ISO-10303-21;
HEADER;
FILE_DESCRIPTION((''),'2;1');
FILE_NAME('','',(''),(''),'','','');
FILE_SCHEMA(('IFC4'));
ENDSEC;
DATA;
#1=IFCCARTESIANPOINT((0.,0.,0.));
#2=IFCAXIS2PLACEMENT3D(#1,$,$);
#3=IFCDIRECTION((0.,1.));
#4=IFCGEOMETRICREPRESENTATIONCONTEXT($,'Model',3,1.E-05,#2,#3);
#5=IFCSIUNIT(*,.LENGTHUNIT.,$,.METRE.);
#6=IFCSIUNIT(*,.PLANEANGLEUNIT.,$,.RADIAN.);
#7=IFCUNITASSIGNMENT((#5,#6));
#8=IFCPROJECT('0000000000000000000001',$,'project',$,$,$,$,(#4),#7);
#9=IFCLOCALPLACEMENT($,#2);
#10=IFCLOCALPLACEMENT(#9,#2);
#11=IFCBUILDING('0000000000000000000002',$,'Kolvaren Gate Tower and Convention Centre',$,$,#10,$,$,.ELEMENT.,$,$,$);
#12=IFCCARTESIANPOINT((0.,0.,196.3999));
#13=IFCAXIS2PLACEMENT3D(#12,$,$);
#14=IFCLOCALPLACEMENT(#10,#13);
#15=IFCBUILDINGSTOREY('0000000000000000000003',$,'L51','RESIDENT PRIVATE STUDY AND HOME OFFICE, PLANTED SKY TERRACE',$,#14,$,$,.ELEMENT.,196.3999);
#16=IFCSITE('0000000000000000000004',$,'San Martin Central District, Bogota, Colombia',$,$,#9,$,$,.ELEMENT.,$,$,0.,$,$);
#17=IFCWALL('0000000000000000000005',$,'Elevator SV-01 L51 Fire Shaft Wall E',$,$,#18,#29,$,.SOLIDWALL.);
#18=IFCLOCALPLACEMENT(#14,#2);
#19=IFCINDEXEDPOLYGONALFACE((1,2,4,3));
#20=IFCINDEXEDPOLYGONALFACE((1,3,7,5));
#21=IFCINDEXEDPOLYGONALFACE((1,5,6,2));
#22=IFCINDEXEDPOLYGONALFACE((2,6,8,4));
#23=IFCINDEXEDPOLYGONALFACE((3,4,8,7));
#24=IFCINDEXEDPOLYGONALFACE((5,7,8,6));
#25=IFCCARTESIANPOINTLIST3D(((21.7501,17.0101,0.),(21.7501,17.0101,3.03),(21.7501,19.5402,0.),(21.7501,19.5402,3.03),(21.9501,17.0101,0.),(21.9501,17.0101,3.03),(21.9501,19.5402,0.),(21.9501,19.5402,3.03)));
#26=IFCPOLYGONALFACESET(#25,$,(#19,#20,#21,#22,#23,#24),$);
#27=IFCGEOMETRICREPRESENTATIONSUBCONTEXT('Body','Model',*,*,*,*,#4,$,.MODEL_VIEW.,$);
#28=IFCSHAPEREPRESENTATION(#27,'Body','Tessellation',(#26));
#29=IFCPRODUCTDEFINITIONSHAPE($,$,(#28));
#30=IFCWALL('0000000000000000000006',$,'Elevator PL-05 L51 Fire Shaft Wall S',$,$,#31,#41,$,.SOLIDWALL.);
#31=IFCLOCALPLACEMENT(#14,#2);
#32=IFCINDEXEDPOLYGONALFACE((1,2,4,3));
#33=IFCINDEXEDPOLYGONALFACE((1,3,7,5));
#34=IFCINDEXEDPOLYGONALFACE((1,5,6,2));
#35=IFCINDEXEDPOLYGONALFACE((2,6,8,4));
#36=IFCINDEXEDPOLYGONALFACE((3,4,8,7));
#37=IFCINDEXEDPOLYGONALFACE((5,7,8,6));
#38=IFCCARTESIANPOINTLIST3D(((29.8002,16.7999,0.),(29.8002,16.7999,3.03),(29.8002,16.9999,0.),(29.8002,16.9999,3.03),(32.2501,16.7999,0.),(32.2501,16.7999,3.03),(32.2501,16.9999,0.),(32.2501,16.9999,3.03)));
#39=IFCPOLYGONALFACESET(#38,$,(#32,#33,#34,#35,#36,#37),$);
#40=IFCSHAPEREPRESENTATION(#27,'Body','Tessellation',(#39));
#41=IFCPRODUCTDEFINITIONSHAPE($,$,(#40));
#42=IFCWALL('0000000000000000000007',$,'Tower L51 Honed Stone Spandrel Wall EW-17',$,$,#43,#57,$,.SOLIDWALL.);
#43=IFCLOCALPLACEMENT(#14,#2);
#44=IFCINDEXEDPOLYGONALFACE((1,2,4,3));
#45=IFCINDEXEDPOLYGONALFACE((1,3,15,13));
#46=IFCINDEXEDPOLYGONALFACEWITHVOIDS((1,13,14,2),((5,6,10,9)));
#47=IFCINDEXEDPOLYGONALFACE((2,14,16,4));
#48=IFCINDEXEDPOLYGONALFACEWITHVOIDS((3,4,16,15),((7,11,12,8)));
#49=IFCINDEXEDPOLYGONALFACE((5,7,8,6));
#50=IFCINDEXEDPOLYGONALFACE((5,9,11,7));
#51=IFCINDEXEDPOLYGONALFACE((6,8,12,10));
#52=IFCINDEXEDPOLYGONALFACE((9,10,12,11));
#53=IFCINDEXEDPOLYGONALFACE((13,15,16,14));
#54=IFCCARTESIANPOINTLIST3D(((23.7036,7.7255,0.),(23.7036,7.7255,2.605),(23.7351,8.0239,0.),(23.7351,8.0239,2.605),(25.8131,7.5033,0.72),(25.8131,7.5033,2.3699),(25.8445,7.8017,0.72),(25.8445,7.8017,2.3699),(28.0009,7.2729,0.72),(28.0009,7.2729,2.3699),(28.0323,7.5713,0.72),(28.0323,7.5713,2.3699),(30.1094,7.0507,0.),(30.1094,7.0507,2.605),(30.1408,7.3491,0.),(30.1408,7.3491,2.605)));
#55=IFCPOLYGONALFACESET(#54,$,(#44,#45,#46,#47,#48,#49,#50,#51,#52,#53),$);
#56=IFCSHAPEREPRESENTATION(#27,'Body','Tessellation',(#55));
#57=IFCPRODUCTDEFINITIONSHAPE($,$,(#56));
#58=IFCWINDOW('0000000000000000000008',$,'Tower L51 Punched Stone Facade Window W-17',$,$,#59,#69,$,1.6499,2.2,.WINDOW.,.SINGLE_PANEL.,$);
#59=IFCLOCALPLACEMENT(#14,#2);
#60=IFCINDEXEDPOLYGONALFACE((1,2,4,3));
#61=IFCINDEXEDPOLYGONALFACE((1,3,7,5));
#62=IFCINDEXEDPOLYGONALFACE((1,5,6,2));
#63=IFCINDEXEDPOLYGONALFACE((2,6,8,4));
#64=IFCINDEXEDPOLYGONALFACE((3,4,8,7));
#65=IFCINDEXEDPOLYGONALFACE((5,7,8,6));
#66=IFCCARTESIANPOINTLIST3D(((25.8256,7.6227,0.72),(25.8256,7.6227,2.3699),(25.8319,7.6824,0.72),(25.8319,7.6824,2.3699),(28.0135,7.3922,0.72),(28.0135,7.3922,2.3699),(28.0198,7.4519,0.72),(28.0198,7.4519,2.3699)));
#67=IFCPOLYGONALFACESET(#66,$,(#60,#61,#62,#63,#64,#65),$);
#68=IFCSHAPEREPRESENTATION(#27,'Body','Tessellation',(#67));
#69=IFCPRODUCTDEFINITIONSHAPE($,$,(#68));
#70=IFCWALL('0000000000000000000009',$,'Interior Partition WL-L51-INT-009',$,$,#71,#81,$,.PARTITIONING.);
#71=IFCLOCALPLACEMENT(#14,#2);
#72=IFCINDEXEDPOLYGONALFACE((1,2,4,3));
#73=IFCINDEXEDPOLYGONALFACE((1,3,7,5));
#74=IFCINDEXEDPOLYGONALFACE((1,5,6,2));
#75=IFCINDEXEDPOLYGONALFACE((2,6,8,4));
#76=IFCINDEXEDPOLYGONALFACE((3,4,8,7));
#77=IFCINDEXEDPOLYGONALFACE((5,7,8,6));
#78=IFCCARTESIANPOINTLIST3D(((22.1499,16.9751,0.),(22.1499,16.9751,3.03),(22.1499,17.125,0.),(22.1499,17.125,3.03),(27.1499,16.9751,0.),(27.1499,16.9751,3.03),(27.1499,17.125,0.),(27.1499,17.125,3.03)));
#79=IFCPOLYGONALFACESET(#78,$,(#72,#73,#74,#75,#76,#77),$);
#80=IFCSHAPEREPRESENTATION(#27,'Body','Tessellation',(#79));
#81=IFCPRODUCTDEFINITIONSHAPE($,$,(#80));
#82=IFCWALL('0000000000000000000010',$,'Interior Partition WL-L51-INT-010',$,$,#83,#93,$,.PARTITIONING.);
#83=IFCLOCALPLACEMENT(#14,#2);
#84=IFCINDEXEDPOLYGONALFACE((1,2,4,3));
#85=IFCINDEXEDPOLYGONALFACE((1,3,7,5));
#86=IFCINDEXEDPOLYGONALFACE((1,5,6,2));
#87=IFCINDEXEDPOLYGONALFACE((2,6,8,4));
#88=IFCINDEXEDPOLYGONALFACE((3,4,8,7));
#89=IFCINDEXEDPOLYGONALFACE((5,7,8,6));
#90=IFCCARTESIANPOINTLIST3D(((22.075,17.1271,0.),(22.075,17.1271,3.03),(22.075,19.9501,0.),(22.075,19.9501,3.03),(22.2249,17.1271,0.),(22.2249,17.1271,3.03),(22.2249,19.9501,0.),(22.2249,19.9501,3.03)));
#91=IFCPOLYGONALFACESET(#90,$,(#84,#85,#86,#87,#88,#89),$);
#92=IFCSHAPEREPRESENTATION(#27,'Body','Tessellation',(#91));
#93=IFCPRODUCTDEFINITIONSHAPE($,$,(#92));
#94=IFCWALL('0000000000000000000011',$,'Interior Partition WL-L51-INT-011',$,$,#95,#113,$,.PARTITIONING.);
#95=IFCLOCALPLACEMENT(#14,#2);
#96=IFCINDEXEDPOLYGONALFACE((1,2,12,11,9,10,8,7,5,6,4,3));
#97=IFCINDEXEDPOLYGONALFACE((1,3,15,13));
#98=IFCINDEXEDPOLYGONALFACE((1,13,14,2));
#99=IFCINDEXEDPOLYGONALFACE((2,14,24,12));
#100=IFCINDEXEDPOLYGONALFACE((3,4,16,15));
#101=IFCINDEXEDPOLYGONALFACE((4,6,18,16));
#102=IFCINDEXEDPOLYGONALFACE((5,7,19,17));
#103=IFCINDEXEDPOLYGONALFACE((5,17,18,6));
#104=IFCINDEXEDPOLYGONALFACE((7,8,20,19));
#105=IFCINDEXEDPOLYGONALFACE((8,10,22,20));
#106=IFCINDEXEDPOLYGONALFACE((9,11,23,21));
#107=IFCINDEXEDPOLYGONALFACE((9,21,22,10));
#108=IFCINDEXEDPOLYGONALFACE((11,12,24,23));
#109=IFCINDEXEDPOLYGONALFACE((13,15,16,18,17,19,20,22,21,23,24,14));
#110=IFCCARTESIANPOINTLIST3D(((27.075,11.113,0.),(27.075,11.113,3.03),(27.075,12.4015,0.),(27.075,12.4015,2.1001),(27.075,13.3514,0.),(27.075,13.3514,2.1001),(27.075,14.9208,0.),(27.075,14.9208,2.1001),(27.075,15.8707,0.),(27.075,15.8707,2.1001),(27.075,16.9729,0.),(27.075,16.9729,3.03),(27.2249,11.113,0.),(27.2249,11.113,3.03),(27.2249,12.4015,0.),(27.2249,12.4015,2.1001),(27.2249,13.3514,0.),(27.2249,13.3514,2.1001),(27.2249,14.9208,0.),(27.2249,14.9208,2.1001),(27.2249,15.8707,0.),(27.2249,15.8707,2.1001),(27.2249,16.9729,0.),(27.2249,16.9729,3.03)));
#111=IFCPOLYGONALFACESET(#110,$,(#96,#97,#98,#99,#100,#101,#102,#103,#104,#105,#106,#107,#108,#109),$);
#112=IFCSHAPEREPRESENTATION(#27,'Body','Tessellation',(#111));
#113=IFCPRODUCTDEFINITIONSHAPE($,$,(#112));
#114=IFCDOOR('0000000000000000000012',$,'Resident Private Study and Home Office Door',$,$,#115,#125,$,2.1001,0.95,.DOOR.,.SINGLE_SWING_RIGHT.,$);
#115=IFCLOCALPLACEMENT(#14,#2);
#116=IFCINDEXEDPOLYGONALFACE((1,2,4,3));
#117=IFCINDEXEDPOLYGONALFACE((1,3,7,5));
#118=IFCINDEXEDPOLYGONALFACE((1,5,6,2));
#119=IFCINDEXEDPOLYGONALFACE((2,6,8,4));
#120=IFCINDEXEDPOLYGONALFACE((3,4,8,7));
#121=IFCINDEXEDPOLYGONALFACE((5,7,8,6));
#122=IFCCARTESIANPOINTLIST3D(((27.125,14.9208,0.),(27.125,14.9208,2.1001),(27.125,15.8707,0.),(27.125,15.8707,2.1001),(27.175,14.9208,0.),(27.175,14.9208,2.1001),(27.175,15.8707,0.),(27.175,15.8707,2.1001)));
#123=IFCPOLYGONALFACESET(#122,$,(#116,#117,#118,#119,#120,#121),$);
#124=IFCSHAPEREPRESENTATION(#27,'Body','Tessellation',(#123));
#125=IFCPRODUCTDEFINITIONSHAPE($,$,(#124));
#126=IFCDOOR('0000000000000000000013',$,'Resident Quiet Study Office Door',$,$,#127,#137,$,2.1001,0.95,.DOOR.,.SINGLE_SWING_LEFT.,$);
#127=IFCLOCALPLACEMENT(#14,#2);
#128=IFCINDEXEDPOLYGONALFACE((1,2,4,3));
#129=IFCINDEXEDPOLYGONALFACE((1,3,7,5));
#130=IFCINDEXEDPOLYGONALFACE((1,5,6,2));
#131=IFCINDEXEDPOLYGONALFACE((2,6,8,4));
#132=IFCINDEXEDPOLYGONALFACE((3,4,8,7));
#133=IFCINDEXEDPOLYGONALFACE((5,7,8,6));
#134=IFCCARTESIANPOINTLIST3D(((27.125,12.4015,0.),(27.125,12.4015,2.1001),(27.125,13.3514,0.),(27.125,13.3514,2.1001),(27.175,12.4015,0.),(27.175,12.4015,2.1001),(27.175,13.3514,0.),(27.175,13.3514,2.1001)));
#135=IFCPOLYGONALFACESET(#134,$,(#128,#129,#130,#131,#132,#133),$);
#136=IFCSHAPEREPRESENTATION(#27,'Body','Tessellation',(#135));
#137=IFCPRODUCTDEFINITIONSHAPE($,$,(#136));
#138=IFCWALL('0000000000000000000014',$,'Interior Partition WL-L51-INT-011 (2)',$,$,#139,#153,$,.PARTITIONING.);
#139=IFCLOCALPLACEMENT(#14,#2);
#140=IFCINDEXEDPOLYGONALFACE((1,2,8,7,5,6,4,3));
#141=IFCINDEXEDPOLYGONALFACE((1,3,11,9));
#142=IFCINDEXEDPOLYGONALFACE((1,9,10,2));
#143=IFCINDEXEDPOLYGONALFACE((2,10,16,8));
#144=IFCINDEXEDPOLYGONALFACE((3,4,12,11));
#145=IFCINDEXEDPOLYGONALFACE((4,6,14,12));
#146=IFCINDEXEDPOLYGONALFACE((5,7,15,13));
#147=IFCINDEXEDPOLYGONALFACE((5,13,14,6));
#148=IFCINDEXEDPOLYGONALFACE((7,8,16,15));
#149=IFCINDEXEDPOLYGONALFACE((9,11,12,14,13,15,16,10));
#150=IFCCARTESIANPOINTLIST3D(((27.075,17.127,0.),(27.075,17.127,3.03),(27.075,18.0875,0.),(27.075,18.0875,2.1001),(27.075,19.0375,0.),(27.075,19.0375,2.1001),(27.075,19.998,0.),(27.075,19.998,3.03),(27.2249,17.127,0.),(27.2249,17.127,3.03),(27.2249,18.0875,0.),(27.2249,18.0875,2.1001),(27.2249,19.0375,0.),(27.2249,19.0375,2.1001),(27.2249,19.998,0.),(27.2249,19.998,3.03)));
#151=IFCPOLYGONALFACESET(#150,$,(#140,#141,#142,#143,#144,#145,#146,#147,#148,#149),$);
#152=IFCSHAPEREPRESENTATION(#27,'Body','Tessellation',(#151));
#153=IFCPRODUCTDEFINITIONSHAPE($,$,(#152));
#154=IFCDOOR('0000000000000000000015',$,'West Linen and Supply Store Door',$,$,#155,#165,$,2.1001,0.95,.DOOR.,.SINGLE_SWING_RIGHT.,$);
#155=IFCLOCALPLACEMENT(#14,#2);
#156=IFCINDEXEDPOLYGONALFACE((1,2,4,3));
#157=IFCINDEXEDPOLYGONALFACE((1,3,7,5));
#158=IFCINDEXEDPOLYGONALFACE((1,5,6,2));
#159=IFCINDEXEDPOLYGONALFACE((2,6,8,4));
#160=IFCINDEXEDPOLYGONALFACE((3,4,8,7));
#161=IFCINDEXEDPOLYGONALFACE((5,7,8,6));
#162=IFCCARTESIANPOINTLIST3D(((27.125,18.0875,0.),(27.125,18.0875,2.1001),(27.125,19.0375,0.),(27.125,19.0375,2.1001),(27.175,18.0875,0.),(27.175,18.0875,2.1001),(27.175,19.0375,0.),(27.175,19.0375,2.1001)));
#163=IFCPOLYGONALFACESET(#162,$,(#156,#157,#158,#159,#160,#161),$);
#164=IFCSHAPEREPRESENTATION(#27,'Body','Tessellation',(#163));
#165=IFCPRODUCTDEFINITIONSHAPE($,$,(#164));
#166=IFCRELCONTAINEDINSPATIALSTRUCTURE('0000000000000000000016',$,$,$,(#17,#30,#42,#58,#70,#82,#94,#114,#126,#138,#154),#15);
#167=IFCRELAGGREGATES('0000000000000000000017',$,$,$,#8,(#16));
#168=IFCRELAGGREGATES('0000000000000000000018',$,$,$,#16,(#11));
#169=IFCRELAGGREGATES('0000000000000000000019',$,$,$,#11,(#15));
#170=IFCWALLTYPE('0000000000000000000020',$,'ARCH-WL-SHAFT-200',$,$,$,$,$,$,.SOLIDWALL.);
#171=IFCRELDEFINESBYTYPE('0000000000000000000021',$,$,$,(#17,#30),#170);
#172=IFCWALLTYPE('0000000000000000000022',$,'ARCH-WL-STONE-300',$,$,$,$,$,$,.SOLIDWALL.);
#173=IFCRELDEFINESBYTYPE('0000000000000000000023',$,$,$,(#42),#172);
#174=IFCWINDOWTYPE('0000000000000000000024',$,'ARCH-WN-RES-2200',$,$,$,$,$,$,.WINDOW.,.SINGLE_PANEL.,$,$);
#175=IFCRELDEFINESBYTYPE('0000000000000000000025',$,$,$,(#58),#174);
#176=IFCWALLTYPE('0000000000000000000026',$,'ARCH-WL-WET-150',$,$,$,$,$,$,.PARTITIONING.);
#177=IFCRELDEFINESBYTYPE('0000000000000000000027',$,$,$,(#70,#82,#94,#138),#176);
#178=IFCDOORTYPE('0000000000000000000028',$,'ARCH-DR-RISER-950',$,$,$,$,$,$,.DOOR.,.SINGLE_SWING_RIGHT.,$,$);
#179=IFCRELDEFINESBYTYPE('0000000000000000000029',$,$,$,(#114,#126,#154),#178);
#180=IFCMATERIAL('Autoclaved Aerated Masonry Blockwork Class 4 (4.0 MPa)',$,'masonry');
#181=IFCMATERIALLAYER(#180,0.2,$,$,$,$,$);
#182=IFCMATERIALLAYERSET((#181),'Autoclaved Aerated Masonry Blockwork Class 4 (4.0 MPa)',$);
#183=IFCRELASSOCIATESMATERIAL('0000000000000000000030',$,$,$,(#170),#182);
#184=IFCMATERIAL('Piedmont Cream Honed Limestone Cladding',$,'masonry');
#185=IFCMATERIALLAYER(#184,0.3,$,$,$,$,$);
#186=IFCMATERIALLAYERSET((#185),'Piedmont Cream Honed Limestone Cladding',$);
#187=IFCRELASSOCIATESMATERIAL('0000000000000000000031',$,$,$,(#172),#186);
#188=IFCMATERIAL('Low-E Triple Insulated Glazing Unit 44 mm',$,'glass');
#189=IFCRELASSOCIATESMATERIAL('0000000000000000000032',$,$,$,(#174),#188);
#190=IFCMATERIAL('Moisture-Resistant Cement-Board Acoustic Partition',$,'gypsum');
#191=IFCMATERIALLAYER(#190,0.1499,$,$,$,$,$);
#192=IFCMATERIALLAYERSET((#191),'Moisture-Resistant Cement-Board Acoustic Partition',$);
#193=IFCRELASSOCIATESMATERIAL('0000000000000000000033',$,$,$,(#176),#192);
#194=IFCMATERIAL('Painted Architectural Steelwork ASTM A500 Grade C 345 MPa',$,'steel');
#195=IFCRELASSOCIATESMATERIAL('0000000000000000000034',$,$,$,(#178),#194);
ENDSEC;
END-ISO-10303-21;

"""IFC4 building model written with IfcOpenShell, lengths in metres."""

from ifc_helpers import new_model, si_unit, direction, frame, frame_2d, origin, place, context, subcontext, project, spatial, rectangle, extrude, material, layer, layer_set, type_object, element, fill, save


model = new_model("IFC4")

# Units and contexts
model_context = context("Model", 3, precision=1e-05, world=origin(), true_north=direction((0.0, 1.0)))
body_context = subcontext(model_context, "Body", "Model", "MODEL_VIEW")
ifc_project = project(units=[si_unit("LENGTHUNIT", "METRE"), si_unit("PLANEANGLEUNIT", "RADIAN")], contexts=[model_context])

# Site, building, storey
site_placement = place(None, origin())
site = spatial("IfcSite", under=ifc_project, at=site_placement, Name="San Martin Central District, Bogota, Colombia", CompositionType="ELEMENT", RefElevation=0.0)
building_placement = place(site_placement, origin())
building = spatial("IfcBuilding", under=site, at=building_placement, Name="Kolvaren Gate Tower and Convention Centre", CompositionType="ELEMENT")
storey_placement = place(building_placement, frame((0.0, 0.0, 196.3999)))
storey = spatial("IfcBuildingStorey", under=building, at=storey_placement, Name="L51", Description="RESIDENT PRIVATE STUDY AND HOME OFFICE, PLANTED SKY TERRACE", CompositionType="ELEMENT", Elevation=196.3999)

# Walls
ifc_material_1 = material(Name="Autoclaved Aerated Masonry Blockwork Class 4 (4.0 MPa)", Category="masonry")
ifc_layer_1 = layer(ifc_material_1, 0.2)
ifc_layer_set_1 = layer_set([ifc_layer_1], Name="Autoclaved Aerated Masonry Blockwork Class 4 (4.0 MPa)")
wall_type_1 = type_object("IfcWallType", Name="ARCH-WL-SHAFT-200", PredefinedType="SOLIDWALL", material=ifc_layer_set_1)
wall_1_placement = place(storey_placement, frame((21.8501, 17.01, 0.0), z_axis=(0.0, 0.0, 1.0), x_axis=(0.0, 1.0, 0.0)))
element("IfcWall", 1, at=wall_1_placement, inside=storey, type_object=wall_type_1, Name="Elevator SV-01 L51 Fire Shaft Wall E", PredefinedType="SOLIDWALL", context=body_context, shape_type="SweptSolid", body=[
    extrude(rectangle(XDim=2.53, YDim=0.2, at=frame_2d((1.2651, 0.0))), origin(), (0.0, 0.0, 1.0), 3.03),
])
wall_2_placement = place(storey_placement, frame((29.8, 16.8999, 0.0), z_axis=(0.0, 0.0, 1.0), x_axis=(1.0, 0.0, 0.0)))
element("IfcWall", 2, at=wall_2_placement, inside=storey, type_object=wall_type_1, Name="Elevator PL-05 L51 Fire Shaft Wall S", PredefinedType="SOLIDWALL", context=body_context, shape_type="SweptSolid", body=[
    extrude(rectangle(XDim=2.45, YDim=0.2, at=frame_2d((1.2251, 0.0))), origin(), (0.0, 0.0, 1.0), 3.03),
])

# Wall, opening, window
ifc_material_2 = material(Name="Piedmont Cream Honed Limestone Cladding", Category="masonry")
ifc_layer_2 = layer(ifc_material_2, 0.3)
ifc_layer_set_2 = layer_set([ifc_layer_2], Name="Piedmont Cream Honed Limestone Cladding")
wall_type_2 = type_object("IfcWallType", Name="ARCH-WL-STONE-300", PredefinedType="SOLIDWALL", material=ifc_layer_set_2)
wall_3_placement = place(storey_placement, frame((23.7192, 7.8748, 0.0), z_axis=(0.0, 0.0, 1.0), x_axis=(0.994497, -0.104764, 0.0)))
wall_3 = element("IfcWall", 3, at=wall_3_placement, inside=storey, type_object=wall_type_2, Name="Tower L51 Honed Stone Spandrel Wall EW-17", PredefinedType="SOLIDWALL", context=body_context, shape_type="SweptSolid", body=[
    extrude(rectangle(XDim=6.4412, YDim=0.3, at=frame_2d((3.2207, 0.0))), origin(), (0.0, 0.0, 1.0), 2.605),
])
opening_1_placement = place(wall_3_placement, frame((2.1211, 0.0, 0.72)))
opening_1 = element("IfcOpeningElement", 4, at=opening_1_placement, cuts=wall_3, PredefinedType="OPENING", context=body_context, shape_type="SweptSolid", body=[
    extrude(rectangle(XDim=2.2, YDim=1.6499, at=frame_2d((1.1001, 0.825))), frame((0.0, 0.1599, 0.0), z_axis=(0.0, -1.0, 0.0), x_axis=(1.0, 0.0, 0.0)), (0.0, 0.0, 1.0), 0.3201),
])
ifc_material_3 = material(Name="Low-E Triple Insulated Glazing Unit 44 mm", Category="glass")
window_type = type_object("IfcWindowType", Name="ARCH-WN-RES-2200", PartitioningType="SINGLE_PANEL", PredefinedType="WINDOW", material=ifc_material_3)
window_placement = place(opening_1_placement, origin())
window = element("IfcWindow", 5, at=window_placement, inside=storey, type_object=window_type, Name="Tower L51 Punched Stone Facade Window W-17", OverallHeight=1.6499, OverallWidth=2.2, PartitioningType="SINGLE_PANEL", PredefinedType="WINDOW", context=body_context, shape_type="SweptSolid", body=[
    extrude(rectangle(XDim=2.2, YDim=1.6499, at=frame_2d((1.1001, 0.825))), frame((0.0, 0.03, 0.0), z_axis=(0.0, -1.0, 0.0), x_axis=(1.0, 0.0, 0.0)), (0.0, 0.0, 1.0), 0.0601),
])
fill(opening_1, window)

# Walls
ifc_material_4 = material(Name="Moisture-Resistant Cement-Board Acoustic Partition", Category="gypsum")
ifc_layer_3 = layer(ifc_material_4, 0.1499)
ifc_layer_set_3 = layer_set([ifc_layer_3], Name="Moisture-Resistant Cement-Board Acoustic Partition")
wall_type_3 = type_object("IfcWallType", Name="ARCH-WL-WET-150", PredefinedType="PARTITIONING", material=ifc_layer_set_3)
wall_4_placement = place(storey_placement, frame((22.1499, 17.05, 0.0), z_axis=(0.0, 0.0, 1.0), x_axis=(1.0, 0.0, 0.0)))
element("IfcWall", 6, at=wall_4_placement, inside=storey, type_object=wall_type_3, Name="Interior Partition WL-L51-INT-009", PredefinedType="PARTITIONING", context=body_context, shape_type="SweptSolid", body=[
    extrude(rectangle(XDim=5.0, YDim=0.1499, at=frame_2d((2.5, 0.0))), origin(), (0.0, 0.0, 1.0), 3.03),
])
wall_5_placement = place(storey_placement, frame((22.1499, 17.127, 0.0), z_axis=(0.0, 0.0, 1.0), x_axis=(0.0, 1.0, 0.0)))
element("IfcWall", 7, at=wall_5_placement, inside=storey, type_object=wall_type_3, Name="Interior Partition WL-L51-INT-010", PredefinedType="PARTITIONING", context=body_context, shape_type="SweptSolid", body=[
    extrude(rectangle(XDim=2.823, YDim=0.1499, at=frame_2d((1.4116, 0.0))), origin(), (0.0, 0.0, 1.0), 3.03),
])

# Wall, openings, doors
wall_6_placement = place(storey_placement, frame((27.1499, 11.113, 0.0), z_axis=(0.0, 0.0, 1.0), x_axis=(0.0, 1.0, 0.0)))
wall_6 = element("IfcWall", 8, at=wall_6_placement, inside=storey, type_object=wall_type_3, Name="Interior Partition WL-L51-INT-011", PredefinedType="PARTITIONING", context=body_context, shape_type="SweptSolid", body=[
    extrude(rectangle(XDim=5.8599, YDim=0.1499, at=frame_2d((2.9299, 0.0))), origin(), (0.0, 0.0, 1.0), 3.03),
])
opening_2_placement = place(wall_6_placement, frame((3.8076, 0.0, 0.0)))
opening_2 = element("IfcOpeningElement", 9, at=opening_2_placement, cuts=wall_6, PredefinedType="OPENING", context=body_context, shape_type="SweptSolid", body=[
    extrude(rectangle(XDim=0.95, YDim=2.1001, at=frame_2d((0.4751, 1.05))), frame((0.0, 0.085, 0.0), z_axis=(0.0, -1.0, 0.0), x_axis=(1.0, 0.0, 0.0)), (0.0, 0.0, 1.0), 0.1699),
])
opening_3_placement = place(wall_6_placement, frame((1.2883, 0.0, 0.0)))
opening_3 = element("IfcOpeningElement", 10, at=opening_3_placement, cuts=wall_6, PredefinedType="OPENING", context=body_context, shape_type="SweptSolid", body=[
    extrude(rectangle(XDim=0.95, YDim=2.1001, at=frame_2d((0.4751, 1.05))), frame((0.0, 0.085, 0.0), z_axis=(0.0, -1.0, 0.0), x_axis=(1.0, 0.0, 0.0)), (0.0, 0.0, 1.0), 0.1699),
])
ifc_material_5 = material(Name="Painted Architectural Steelwork ASTM A500 Grade C 345 MPa", Category="steel")
door_type = type_object("IfcDoorType", Name="ARCH-DR-RISER-950", OperationType="SINGLE_SWING_RIGHT", PredefinedType="DOOR", material=ifc_material_5)
door_1_placement = place(opening_2_placement, origin())
door_1 = element("IfcDoor", 11, at=door_1_placement, inside=storey, type_object=door_type, Name="Resident Private Study and Home Office Door", OperationType="SINGLE_SWING_RIGHT", OverallHeight=2.1001, OverallWidth=0.95, PredefinedType="DOOR", context=body_context, shape_type="SweptSolid", body=[
    extrude(rectangle(XDim=0.95, YDim=2.1001, at=frame_2d((0.4751, 1.05))), frame((0.0, 0.0249, 0.0), z_axis=(0.0, -1.0, 0.0), x_axis=(1.0, 0.0, 0.0)), (0.0, 0.0, 1.0), 0.05),
])
fill(opening_2, door_1)
door_2_placement = place(opening_3_placement, origin())
door_2 = element("IfcDoor", 12, at=door_2_placement, inside=storey, type_object=door_type, Name="Resident Quiet Study Office Door", OperationType="SINGLE_SWING_LEFT", OverallHeight=2.1001, OverallWidth=0.95, PredefinedType="DOOR", context=body_context, shape_type="SweptSolid", body=[
    extrude(rectangle(XDim=0.95, YDim=2.1001, at=frame_2d((0.4751, 1.05))), frame((0.0, 0.0249, 0.0), z_axis=(0.0, -1.0, 0.0), x_axis=(1.0, 0.0, 0.0)), (0.0, 0.0, 1.0), 0.05),
])
fill(opening_3, door_2)

# Wall, opening, door
wall_7_placement = place(storey_placement, frame((27.1499, 17.127, 0.0), z_axis=(0.0, 0.0, 1.0), x_axis=(0.0, 1.0, 0.0)))
wall_7 = element("IfcWall", 13, at=wall_7_placement, inside=storey, type_object=wall_type_3, Name="Interior Partition WL-L51-INT-011 (2)", PredefinedType="PARTITIONING", context=body_context, shape_type="SweptSolid", body=[
    extrude(rectangle(XDim=2.8711, YDim=0.1499, at=frame_2d((1.4355, 0.0))), origin(), (0.0, 0.0, 1.0), 3.03),
])
opening_4_placement = place(wall_7_placement, frame((0.9604, 0.0, 0.0)))
opening_4 = element("IfcOpeningElement", 14, at=opening_4_placement, cuts=wall_7, PredefinedType="OPENING", context=body_context, shape_type="SweptSolid", body=[
    extrude(rectangle(XDim=0.95, YDim=2.1001, at=frame_2d((0.4751, 1.05))), frame((0.0, 0.085, 0.0), z_axis=(0.0, -1.0, 0.0), x_axis=(1.0, 0.0, 0.0)), (0.0, 0.0, 1.0), 0.1699),
])
door_3_placement = place(opening_4_placement, origin())
door_3 = element("IfcDoor", 15, at=door_3_placement, inside=storey, type_object=door_type, Name="West Linen and Supply Store Door", OperationType="SINGLE_SWING_RIGHT", OverallHeight=2.1001, OverallWidth=0.95, PredefinedType="DOOR", context=body_context, shape_type="SweptSolid", body=[
    extrude(rectangle(XDim=0.95, YDim=2.1001, at=frame_2d((0.4751, 1.05))), frame((0.0, 0.0249, 0.0), z_axis=(0.0, -1.0, 0.0), x_axis=(1.0, 0.0, 0.0)), (0.0, 0.0, 1.0), 0.05),
])
fill(opening_4, door_3)

save(model, "model.ifc")
